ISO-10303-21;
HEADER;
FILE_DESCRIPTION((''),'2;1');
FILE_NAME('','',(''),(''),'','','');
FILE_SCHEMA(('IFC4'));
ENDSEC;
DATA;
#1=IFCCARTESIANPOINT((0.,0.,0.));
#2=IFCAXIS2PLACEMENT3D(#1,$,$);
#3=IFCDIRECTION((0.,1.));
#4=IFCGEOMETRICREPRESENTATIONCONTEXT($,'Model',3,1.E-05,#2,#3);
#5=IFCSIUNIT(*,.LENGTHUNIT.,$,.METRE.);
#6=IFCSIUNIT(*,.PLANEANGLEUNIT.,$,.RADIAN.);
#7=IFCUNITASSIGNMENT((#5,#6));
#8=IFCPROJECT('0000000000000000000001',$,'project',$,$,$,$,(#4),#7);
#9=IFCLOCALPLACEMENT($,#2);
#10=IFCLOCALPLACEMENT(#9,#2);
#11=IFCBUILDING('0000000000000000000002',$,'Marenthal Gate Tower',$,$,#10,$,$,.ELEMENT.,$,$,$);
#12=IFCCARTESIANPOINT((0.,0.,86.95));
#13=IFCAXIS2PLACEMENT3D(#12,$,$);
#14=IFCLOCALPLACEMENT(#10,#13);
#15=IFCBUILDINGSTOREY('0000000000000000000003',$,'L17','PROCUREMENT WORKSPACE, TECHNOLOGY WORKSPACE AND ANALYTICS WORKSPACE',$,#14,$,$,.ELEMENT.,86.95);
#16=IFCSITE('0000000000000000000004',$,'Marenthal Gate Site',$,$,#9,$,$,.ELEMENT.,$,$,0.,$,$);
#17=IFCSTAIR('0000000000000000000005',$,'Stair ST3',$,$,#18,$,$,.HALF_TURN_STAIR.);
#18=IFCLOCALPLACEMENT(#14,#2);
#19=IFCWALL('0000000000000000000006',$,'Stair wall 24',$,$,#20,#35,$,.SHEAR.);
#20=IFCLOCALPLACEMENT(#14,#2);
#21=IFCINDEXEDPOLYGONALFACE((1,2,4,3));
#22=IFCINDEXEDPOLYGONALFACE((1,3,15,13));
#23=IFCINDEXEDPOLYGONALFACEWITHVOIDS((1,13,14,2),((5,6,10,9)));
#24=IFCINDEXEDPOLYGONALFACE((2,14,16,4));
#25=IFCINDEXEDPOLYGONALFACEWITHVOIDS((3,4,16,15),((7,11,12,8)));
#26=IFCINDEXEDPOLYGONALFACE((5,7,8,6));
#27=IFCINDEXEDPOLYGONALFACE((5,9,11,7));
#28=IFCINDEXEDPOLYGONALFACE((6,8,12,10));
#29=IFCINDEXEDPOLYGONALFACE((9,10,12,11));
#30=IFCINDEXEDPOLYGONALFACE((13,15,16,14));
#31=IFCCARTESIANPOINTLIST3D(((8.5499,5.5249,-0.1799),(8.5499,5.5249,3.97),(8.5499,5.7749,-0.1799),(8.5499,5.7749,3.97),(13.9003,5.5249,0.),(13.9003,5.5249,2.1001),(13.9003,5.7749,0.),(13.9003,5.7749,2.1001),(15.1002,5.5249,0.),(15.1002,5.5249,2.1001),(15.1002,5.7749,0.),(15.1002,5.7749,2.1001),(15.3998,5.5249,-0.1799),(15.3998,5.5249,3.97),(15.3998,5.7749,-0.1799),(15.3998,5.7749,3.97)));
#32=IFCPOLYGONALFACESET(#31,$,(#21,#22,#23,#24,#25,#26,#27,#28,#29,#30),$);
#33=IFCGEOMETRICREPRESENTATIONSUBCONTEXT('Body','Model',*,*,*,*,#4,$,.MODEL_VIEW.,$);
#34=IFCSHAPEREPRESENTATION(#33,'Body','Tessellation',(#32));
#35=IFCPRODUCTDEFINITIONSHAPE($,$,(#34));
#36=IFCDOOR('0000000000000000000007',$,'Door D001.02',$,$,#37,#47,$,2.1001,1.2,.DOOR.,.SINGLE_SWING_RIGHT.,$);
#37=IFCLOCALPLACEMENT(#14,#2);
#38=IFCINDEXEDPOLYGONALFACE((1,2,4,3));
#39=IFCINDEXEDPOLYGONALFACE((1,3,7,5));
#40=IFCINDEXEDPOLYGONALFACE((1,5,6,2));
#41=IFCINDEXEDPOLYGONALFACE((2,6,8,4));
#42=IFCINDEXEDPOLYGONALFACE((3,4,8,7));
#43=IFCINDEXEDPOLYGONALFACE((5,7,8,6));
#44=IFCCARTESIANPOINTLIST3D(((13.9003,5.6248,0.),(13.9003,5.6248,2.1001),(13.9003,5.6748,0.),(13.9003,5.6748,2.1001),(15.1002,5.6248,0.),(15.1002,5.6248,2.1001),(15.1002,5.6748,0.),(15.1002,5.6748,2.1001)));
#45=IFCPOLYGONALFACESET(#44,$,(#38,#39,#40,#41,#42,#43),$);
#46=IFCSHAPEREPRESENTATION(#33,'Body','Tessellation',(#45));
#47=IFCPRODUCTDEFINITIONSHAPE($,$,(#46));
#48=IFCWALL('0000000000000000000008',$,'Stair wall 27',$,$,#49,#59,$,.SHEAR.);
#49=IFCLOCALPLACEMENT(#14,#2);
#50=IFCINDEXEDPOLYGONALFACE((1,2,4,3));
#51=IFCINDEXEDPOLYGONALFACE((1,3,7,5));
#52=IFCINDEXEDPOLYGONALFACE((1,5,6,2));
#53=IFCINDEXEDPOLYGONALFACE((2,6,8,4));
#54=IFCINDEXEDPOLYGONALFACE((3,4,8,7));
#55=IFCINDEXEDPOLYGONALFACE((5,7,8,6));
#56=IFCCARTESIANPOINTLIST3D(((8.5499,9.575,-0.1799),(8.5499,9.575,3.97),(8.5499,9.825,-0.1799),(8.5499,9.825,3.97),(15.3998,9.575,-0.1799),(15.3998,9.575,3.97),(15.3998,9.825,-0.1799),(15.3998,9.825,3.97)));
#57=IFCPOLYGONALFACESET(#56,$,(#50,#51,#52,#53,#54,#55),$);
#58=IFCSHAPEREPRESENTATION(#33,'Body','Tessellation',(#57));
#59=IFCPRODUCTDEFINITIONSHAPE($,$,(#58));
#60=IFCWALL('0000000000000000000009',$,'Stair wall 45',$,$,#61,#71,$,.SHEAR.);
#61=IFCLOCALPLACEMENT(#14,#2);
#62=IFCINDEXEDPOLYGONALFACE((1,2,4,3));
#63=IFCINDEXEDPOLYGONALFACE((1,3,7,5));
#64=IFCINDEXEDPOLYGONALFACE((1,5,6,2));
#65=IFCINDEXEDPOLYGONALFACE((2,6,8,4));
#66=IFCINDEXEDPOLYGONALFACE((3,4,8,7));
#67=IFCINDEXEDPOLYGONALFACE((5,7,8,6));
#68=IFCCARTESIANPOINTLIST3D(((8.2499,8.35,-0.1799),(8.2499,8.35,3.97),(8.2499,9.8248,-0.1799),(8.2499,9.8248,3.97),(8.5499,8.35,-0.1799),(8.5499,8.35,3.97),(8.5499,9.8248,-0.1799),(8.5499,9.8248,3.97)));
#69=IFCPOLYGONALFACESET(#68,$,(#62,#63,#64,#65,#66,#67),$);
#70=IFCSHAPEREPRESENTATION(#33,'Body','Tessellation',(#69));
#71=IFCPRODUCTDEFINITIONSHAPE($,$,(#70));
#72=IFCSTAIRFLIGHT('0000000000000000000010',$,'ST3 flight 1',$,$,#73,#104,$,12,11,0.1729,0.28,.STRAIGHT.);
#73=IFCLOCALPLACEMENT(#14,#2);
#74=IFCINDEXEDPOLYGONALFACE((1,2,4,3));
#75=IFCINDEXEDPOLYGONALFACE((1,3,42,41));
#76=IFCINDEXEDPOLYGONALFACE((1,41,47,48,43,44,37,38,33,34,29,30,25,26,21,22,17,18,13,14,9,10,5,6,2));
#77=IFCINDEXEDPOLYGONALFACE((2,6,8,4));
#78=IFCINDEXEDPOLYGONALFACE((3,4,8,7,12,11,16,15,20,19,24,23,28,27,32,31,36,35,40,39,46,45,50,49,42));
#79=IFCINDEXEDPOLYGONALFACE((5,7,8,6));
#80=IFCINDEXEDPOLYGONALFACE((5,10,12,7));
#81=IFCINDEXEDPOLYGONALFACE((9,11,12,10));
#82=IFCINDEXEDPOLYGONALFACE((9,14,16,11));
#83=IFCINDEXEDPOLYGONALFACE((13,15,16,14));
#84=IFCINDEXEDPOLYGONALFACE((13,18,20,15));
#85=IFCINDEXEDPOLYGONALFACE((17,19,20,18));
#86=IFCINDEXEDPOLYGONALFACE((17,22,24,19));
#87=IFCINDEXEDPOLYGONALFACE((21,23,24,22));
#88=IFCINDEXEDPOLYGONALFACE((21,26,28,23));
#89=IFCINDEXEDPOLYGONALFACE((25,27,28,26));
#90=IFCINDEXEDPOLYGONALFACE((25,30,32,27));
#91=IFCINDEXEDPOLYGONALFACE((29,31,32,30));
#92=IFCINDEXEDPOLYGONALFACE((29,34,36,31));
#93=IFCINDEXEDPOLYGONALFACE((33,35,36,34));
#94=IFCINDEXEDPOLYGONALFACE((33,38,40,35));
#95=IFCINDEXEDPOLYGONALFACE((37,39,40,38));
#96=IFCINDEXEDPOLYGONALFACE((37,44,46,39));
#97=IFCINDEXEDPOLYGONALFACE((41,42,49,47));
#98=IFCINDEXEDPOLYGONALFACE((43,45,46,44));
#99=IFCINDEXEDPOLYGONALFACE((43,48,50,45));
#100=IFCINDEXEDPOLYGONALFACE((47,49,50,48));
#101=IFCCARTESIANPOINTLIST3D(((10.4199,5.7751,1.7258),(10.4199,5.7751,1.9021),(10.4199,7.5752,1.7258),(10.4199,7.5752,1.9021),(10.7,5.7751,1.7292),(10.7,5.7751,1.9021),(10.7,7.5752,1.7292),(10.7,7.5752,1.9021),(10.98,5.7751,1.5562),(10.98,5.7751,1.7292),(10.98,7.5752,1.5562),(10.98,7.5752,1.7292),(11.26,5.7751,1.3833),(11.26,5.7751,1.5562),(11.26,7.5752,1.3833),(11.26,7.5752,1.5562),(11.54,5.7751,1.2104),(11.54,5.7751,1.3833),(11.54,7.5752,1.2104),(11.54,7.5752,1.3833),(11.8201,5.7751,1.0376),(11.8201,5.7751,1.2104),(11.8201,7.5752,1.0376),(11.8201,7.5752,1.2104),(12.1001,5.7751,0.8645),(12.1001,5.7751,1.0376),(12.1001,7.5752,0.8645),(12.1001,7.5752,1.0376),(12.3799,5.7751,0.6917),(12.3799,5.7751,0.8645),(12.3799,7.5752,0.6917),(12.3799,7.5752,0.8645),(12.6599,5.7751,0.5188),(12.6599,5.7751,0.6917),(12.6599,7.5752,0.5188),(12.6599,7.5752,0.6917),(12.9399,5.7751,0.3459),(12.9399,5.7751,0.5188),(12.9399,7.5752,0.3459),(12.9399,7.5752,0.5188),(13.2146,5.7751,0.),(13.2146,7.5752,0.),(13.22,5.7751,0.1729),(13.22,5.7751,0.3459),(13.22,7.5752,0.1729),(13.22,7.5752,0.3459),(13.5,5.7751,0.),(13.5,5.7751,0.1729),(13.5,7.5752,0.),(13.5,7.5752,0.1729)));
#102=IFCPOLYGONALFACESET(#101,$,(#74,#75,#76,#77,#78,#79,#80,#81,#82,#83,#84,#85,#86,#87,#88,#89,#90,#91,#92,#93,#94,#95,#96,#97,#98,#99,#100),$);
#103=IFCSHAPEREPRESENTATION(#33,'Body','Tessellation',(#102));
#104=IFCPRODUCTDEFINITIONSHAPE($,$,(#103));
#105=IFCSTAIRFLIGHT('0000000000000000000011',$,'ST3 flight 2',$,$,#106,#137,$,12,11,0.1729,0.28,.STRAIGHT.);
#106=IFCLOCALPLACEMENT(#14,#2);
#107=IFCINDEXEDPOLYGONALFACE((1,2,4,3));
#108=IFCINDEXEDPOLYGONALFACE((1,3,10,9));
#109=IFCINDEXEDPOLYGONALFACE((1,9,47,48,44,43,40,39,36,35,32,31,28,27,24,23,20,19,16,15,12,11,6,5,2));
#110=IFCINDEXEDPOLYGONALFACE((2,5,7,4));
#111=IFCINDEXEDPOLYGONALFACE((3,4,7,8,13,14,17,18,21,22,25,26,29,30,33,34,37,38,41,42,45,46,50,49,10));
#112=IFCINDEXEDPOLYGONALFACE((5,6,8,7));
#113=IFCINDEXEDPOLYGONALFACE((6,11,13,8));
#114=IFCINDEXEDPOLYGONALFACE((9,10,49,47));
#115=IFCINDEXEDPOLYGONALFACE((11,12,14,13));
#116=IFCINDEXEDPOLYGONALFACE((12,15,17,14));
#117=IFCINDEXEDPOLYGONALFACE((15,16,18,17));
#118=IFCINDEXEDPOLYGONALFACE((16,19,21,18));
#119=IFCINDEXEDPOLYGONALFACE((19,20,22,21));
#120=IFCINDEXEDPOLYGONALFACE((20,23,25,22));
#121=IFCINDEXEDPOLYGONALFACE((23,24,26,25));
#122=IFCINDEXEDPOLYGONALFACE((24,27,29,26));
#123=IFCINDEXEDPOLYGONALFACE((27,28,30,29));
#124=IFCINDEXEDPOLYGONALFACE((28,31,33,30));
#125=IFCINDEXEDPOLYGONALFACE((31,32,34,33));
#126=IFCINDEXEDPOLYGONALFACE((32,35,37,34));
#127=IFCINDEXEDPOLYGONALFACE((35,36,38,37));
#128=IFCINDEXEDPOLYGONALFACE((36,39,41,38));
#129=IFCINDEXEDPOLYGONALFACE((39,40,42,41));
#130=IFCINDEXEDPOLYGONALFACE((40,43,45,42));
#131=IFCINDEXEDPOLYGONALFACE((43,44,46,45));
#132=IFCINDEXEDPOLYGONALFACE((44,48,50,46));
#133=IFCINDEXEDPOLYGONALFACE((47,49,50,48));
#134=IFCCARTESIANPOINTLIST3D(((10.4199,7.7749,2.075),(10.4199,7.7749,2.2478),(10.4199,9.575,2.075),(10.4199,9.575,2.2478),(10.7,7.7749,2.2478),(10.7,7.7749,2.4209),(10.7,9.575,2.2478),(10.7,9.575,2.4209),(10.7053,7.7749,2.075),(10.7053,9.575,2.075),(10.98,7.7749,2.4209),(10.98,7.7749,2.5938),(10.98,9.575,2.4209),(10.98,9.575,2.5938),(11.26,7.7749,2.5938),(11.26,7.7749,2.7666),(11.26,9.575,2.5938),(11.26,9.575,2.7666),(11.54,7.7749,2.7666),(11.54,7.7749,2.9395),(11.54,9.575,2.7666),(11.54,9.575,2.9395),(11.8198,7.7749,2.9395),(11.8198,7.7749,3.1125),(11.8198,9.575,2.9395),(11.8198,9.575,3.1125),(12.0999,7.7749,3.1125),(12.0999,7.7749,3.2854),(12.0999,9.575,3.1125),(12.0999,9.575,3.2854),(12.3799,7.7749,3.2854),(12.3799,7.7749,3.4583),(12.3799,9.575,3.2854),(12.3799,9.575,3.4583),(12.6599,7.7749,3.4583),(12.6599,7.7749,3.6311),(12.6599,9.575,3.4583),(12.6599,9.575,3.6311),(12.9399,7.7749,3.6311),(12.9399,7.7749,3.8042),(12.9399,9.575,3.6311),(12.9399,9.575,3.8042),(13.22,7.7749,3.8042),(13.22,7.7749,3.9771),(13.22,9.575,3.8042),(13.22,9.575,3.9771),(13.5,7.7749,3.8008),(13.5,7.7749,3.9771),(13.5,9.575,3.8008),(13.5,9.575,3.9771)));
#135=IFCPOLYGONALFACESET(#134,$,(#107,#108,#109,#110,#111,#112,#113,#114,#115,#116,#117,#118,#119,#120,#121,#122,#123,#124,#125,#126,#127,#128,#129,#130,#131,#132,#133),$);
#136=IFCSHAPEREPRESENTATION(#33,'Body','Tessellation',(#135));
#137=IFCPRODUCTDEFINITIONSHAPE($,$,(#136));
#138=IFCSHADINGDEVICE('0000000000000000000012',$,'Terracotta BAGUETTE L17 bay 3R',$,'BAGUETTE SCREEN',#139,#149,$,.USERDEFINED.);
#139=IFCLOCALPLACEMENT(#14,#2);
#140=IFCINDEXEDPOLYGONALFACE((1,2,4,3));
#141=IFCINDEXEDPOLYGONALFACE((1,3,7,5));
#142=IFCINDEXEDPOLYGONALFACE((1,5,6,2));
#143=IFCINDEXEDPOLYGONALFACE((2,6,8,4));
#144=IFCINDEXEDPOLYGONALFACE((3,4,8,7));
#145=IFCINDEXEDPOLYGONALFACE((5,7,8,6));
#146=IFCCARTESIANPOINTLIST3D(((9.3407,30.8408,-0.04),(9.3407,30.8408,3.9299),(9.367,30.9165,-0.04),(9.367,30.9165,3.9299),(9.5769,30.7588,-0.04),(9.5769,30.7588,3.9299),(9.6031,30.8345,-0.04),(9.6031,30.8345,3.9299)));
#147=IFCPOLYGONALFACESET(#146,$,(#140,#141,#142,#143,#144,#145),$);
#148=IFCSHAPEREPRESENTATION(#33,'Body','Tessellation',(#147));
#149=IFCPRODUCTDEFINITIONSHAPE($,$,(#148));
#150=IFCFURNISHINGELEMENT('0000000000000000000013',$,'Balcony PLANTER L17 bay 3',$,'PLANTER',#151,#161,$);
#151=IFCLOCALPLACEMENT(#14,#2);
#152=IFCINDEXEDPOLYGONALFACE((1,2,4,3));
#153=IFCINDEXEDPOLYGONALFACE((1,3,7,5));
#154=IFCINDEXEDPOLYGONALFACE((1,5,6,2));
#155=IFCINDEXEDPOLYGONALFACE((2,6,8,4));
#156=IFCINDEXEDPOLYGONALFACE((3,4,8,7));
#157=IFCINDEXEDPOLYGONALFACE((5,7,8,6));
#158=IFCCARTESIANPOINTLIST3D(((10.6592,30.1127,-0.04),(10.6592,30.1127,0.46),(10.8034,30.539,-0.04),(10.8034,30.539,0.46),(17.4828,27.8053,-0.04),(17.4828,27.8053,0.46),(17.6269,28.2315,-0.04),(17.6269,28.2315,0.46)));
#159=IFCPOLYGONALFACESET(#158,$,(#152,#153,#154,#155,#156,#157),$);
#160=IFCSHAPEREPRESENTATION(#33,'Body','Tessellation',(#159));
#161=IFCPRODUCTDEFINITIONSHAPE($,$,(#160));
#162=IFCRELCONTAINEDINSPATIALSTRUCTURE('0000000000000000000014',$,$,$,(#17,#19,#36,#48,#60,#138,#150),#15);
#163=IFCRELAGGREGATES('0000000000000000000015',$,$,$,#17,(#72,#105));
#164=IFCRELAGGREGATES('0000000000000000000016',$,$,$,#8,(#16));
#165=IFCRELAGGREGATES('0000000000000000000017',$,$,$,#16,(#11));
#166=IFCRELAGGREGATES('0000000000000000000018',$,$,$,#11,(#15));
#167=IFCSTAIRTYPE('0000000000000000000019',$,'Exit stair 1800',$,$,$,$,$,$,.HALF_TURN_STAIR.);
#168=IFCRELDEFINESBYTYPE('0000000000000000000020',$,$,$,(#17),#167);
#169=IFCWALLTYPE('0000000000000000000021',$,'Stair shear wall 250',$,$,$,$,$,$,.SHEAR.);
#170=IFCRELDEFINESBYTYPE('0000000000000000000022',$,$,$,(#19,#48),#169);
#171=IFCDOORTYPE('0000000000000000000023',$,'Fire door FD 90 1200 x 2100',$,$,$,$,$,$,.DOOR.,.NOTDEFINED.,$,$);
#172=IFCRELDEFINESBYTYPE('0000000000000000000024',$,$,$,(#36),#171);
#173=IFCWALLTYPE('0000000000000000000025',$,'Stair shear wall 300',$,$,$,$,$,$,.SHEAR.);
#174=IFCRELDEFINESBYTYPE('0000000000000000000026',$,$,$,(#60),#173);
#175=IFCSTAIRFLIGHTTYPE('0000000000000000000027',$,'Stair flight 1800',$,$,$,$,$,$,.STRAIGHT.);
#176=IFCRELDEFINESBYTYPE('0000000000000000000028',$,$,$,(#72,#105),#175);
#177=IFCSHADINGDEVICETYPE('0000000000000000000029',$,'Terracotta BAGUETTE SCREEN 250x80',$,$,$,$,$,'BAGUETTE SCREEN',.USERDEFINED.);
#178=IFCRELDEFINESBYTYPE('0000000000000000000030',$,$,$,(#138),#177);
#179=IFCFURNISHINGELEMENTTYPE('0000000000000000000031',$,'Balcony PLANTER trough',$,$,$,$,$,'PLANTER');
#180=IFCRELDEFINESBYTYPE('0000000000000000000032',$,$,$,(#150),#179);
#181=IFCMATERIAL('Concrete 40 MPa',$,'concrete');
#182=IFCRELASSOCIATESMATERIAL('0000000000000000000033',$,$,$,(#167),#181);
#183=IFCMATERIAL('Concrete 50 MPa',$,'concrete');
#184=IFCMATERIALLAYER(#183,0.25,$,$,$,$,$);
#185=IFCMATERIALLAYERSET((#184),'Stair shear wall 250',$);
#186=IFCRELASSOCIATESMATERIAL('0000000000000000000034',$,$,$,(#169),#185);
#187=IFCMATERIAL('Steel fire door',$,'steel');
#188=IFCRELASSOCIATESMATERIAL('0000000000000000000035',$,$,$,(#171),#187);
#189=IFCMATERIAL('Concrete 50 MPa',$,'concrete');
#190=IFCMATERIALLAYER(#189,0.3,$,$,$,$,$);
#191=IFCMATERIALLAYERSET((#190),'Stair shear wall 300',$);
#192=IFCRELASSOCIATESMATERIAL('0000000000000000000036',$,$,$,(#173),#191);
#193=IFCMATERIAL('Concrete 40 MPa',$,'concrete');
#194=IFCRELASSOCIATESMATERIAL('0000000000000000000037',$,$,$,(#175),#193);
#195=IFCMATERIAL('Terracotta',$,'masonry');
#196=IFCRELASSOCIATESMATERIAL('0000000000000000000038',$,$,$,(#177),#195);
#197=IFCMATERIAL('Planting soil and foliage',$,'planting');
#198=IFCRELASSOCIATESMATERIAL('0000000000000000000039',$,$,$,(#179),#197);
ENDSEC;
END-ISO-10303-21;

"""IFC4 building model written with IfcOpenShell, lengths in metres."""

from ifc_helpers import new_model, si_unit, direction, frame, frame_2d, origin, origin_2d, place, context, subcontext, project, spatial, polyline, rectangle, outline, extrude, material, layer, layer_set, material_profile, profile_set, type_object, element, fill, aggregate, save


model = new_model("IFC4")

# Units and contexts
model_context = context("Model", 3, precision=1e-05, world=origin(), true_north=direction((0.0, 1.0)))
body_context = subcontext(model_context, "Body", "Model", "MODEL_VIEW")
ifc_project = project(units=[si_unit("LENGTHUNIT", "METRE"), si_unit("PLANEANGLEUNIT", "RADIAN")], contexts=[model_context])

# Site, building, storey
site_placement = place(None, origin())
site = spatial("IfcSite", under=ifc_project, at=site_placement, Name="Marenthal Gate Site", CompositionType="ELEMENT", RefElevation=0.0)
building_placement = place(site_placement, origin())
building = spatial("IfcBuilding", under=site, at=building_placement, Name="Marenthal Gate Tower", CompositionType="ELEMENT")
storey_placement = place(building_placement, frame((0.0, 0.0, 86.95)))
storey = spatial("IfcBuildingStorey", under=building, at=storey_placement, Name="L17", Description="PROCUREMENT WORKSPACE, TECHNOLOGY WORKSPACE AND ANALYTICS WORKSPACE", CompositionType="ELEMENT", Elevation=86.95)

# Stair
ifc_material_1 = material(Name="Concrete 40 MPa", Category="concrete")
stair_type = type_object("IfcStairType", Name="Exit stair 1800", PredefinedType="HALF_TURN_STAIR", material=ifc_material_1)
stair_1_placement = place(storey_placement, origin())
stair_1 = element("IfcStair", 1, at=stair_1_placement, inside=storey, type_object=stair_type, Name="Stair ST3", PredefinedType="HALF_TURN_STAIR")

# Wall, opening, door
ifc_material_2 = material(Name="Concrete 50 MPa", Category="concrete")
ifc_layer_1 = layer(ifc_material_2, 0.25)
ifc_layer_set_1 = layer_set([ifc_layer_1], Name="Stair shear wall 250")
wall_type_1 = type_object("IfcWallType", Name="Stair shear wall 250", PredefinedType="SHEAR", material=ifc_layer_set_1)
wall_1_placement = place(storey_placement, frame((8.55, 5.6499, -0.1799), z_axis=(0.0, 0.0, 1.0), x_axis=(1.0, 0.0, 0.0)))
wall_1 = element("IfcWall", 2, at=wall_1_placement, inside=storey, type_object=wall_type_1, Name="Stair wall 24", PredefinedType="SHEAR", context=body_context, shape_type="SweptSolid", body=[
    extrude(rectangle(XDim=6.8499, YDim=0.25, at=frame_2d((3.4248, 0.0))), origin(), (0.0, 0.0, 1.0), 4.1499),
])
opening_1_placement = place(wall_1_placement, frame((5.3501, 0.0, 0.1799)))
opening_1 = element("IfcOpeningElement", 3, at=opening_1_placement, cuts=wall_1, PredefinedType="OPENING", context=body_context, shape_type="SweptSolid", body=[
    extrude(rectangle(XDim=1.2, YDim=2.1001, at=frame_2d((0.6001, 1.05))), frame((0.0, 0.135, 0.0), z_axis=(0.0, -1.0, 0.0), x_axis=(1.0, 0.0, 0.0)), (0.0, 0.0, 1.0), 0.27),
])
ifc_material_3 = material(Name="Steel fire door", Category="steel")
door_type_1 = type_object("IfcDoorType", Name="Fire door FD 90 1200 x 2100", OperationType="NOTDEFINED", PredefinedType="DOOR", material=ifc_material_3)
door_1_placement = place(opening_1_placement, origin())
door_1 = element("IfcDoor", 4, at=door_1_placement, inside=storey, type_object=door_type_1, Name="Door D001.02", OperationType="SINGLE_SWING_RIGHT", OverallHeight=2.1001, OverallWidth=1.2, PredefinedType="DOOR", context=body_context, shape_type="SweptSolid", body=[
    extrude(rectangle(XDim=1.2, YDim=2.1001, at=frame_2d((0.6001, 1.05))), frame((0.0, 0.0249, 0.0), z_axis=(0.0, -1.0, 0.0), x_axis=(1.0, 0.0, 0.0)), (0.0, 0.0, 1.0), 0.05),
])
fill(opening_1, door_1)

# Walls
wall_2_placement = place(storey_placement, frame((8.55, 9.7, -0.1799), z_axis=(0.0, 0.0, 1.0), x_axis=(1.0, 0.0, 0.0)))
element("IfcWall", 5, at=wall_2_placement, inside=storey, type_object=wall_type_1, Name="Stair wall 27", PredefinedType="SHEAR", context=body_context, shape_type="SweptSolid", body=[
    extrude(rectangle(XDim=6.8499, YDim=0.25, at=frame_2d((3.4248, 0.0))), origin(), (0.0, 0.0, 1.0), 4.1499),
])
ifc_material_4 = material(Name="Concrete 50 MPa", Category="concrete")
ifc_layer_2 = layer(ifc_material_4, 0.3)
ifc_layer_set_2 = layer_set([ifc_layer_2], Name="Stair shear wall 300")
wall_type_2 = type_object("IfcWallType", Name="Stair shear wall 300", PredefinedType="SHEAR", material=ifc_layer_set_2)
wall_3_placement = place(storey_placement, frame((8.3999, 8.3501, -0.1799), z_axis=(0.0, 0.0, 1.0), x_axis=(0.0, 1.0, 0.0)))
element("IfcWall", 6, at=wall_3_placement, inside=storey, type_object=wall_type_2, Name="Stair wall 45", PredefinedType="SHEAR", context=body_context, shape_type="SweptSolid", body=[
    extrude(rectangle(XDim=1.4749, YDim=0.3, at=frame_2d((0.7373, 0.0))), origin(), (0.0, 0.0, 1.0), 4.1499),
])

# Stair flights
ifc_material_5 = material(Name="Concrete 40 MPa", Category="concrete")
stair_flight_type = type_object("IfcStairFlightType", Name="Stair flight 1800", PredefinedType="STRAIGHT", material=ifc_material_5)
stair_flight_1_placement = place(storey_placement, frame((13.5, 6.675, 0.0), z_axis=(0.0, 0.0, 1.0), x_axis=(-1.0, 0.0, 0.0)))
stair_flight_1 = element("IfcStairFlight", 7, at=stair_flight_1_placement, type_object=stair_flight_type, Name="ST3 flight 1", NumberOfRisers=12, NumberOfTreads=11, PredefinedType="STRAIGHT", RiserHeight=0.1729, TreadLength=0.28, context=body_context, shape_type="SweptSolid", body=[
    extrude(outline(polyline([(0.0, 0.0), (0.0, 0.1729), (0.28, 0.1729), (0.28, 0.3459), (0.5601, 0.3459), (0.5601, 0.5188), (0.8401, 0.5188), (0.8401, 0.6917), (1.1201, 0.6917), (1.1201, 0.8645), (1.3999, 0.8645), (1.3999, 1.0376), (1.6799, 1.0376), (1.6799, 1.2104), (1.96, 1.2104), (1.96, 1.3833), (2.24, 1.3833), (2.24, 1.5562), (2.52, 1.5562), (2.52, 1.7292), (2.8, 1.7292), (2.8, 1.9021), (3.0801, 1.9021), (3.0801, 2.075), (3.0801, 1.7258), (0.2854, 0.0), (0.0, 0.0)])), frame((0.0, 0.8999, 0.0), z_axis=(0.0, -1.0, 0.0), x_axis=(1.0, 0.0, 0.0)), (0.0, 0.0, 1.0), 1.8),
])
stair_flight_2_placement = place(storey_placement, frame((10.4199, 8.675, 2.075), z_axis=(0.0, 0.0, 1.0), x_axis=(1.0, 0.0, 0.0)))
stair_flight_2 = element("IfcStairFlight", 8, at=stair_flight_2_placement, type_object=stair_flight_type, Name="ST3 flight 2", NumberOfRisers=12, NumberOfTreads=11, PredefinedType="STRAIGHT", RiserHeight=0.1729, TreadLength=0.28, context=body_context, shape_type="SweptSolid", body=[
    extrude(outline(polyline([(0.0, 0.0), (0.0, 0.1729), (0.28, 0.1729), (0.28, 0.3459), (0.5601, 0.3459), (0.5601, 0.5188), (0.8401, 0.5188), (0.8401, 0.6917), (1.1201, 0.6917), (1.1201, 0.8645), (1.3999, 0.8645), (1.3999, 1.0376), (1.6799, 1.0376), (1.6799, 1.2104), (1.96, 1.2104), (1.96, 1.3833), (2.24, 1.3833), (2.24, 1.5562), (2.52, 1.5562), (2.52, 1.7292), (2.8, 1.7292), (2.8, 1.9021), (3.0801, 1.9021), (3.0801, 2.075), (3.0801, 1.7258), (0.2854, 0.0), (0.0, 0.0)])), frame((0.0, 0.8999, 0.0), z_axis=(0.0, -1.0, 0.0), x_axis=(1.0, 0.0, 0.0)), (0.0, 0.0, 1.0), 1.8),
])
aggregate(stair_1, [stair_flight_1, stair_flight_2])

# Shading device
ifc_material_6 = material(Name="Terracotta", Category="masonry")
ifc_material_profile_1 = material_profile(ifc_material_6, rectangle(XDim=0.25, YDim=0.0801, at=origin_2d()), Name="Terracotta baguette 250x80")
ifc_profile_set_1 = profile_set([ifc_material_profile_1], Name="Terracotta")
shading_device_type = type_object("IfcShadingDeviceType", Name="Terracotta BAGUETTE SCREEN 250x80", ElementType="BAGUETTE SCREEN", PredefinedType="USERDEFINED", material=ifc_profile_set_1)
shading_device_placement = place(storey_placement, frame((9.4719, 30.8376, -0.04), z_axis=(0.0, 0.0, 1.0), x_axis=(-0.944634, 0.328125, 0.0)))
element("IfcShadingDevice", 9, at=shading_device_placement, inside=storey, type_object=shading_device_type, Name="Terracotta BAGUETTE L17 bay 3R", ObjectType="BAGUETTE SCREEN", PredefinedType="USERDEFINED", context=body_context, shape_type="SweptSolid", body=[
    extrude(rectangle(XDim=0.25, YDim=0.0801, at=origin_2d()), origin(), (0.0, 0.0, 1.0), 3.97),
])

# Furnishing element
ifc_material_7 = material(Name="Planting soil and foliage", Category="planting")
furnishing_element_type = type_object("IfcFurnishingElementType", Name="Balcony PLANTER trough", ElementType="PLANTER", material=ifc_material_7)
furnishing_placement = place(storey_placement, frame((14.1431, 29.1721, -0.04), z_axis=(0.0, 0.0, 1.0), x_axis=(-0.947302, 0.320343, 0.0)))
element("IfcFurnishingElement", 10, at=furnishing_placement, inside=storey, type_object=furnishing_element_type, Name="Balcony PLANTER L17 bay 3", ObjectType="PLANTER", context=body_context, shape_type="SweptSolid", body=[
    extrude(rectangle(XDim=7.2031, YDim=0.45, at=origin_2d()), origin(), (0.0, 0.0, 1.0), 0.5),
])

save(model, "model.ifc")
